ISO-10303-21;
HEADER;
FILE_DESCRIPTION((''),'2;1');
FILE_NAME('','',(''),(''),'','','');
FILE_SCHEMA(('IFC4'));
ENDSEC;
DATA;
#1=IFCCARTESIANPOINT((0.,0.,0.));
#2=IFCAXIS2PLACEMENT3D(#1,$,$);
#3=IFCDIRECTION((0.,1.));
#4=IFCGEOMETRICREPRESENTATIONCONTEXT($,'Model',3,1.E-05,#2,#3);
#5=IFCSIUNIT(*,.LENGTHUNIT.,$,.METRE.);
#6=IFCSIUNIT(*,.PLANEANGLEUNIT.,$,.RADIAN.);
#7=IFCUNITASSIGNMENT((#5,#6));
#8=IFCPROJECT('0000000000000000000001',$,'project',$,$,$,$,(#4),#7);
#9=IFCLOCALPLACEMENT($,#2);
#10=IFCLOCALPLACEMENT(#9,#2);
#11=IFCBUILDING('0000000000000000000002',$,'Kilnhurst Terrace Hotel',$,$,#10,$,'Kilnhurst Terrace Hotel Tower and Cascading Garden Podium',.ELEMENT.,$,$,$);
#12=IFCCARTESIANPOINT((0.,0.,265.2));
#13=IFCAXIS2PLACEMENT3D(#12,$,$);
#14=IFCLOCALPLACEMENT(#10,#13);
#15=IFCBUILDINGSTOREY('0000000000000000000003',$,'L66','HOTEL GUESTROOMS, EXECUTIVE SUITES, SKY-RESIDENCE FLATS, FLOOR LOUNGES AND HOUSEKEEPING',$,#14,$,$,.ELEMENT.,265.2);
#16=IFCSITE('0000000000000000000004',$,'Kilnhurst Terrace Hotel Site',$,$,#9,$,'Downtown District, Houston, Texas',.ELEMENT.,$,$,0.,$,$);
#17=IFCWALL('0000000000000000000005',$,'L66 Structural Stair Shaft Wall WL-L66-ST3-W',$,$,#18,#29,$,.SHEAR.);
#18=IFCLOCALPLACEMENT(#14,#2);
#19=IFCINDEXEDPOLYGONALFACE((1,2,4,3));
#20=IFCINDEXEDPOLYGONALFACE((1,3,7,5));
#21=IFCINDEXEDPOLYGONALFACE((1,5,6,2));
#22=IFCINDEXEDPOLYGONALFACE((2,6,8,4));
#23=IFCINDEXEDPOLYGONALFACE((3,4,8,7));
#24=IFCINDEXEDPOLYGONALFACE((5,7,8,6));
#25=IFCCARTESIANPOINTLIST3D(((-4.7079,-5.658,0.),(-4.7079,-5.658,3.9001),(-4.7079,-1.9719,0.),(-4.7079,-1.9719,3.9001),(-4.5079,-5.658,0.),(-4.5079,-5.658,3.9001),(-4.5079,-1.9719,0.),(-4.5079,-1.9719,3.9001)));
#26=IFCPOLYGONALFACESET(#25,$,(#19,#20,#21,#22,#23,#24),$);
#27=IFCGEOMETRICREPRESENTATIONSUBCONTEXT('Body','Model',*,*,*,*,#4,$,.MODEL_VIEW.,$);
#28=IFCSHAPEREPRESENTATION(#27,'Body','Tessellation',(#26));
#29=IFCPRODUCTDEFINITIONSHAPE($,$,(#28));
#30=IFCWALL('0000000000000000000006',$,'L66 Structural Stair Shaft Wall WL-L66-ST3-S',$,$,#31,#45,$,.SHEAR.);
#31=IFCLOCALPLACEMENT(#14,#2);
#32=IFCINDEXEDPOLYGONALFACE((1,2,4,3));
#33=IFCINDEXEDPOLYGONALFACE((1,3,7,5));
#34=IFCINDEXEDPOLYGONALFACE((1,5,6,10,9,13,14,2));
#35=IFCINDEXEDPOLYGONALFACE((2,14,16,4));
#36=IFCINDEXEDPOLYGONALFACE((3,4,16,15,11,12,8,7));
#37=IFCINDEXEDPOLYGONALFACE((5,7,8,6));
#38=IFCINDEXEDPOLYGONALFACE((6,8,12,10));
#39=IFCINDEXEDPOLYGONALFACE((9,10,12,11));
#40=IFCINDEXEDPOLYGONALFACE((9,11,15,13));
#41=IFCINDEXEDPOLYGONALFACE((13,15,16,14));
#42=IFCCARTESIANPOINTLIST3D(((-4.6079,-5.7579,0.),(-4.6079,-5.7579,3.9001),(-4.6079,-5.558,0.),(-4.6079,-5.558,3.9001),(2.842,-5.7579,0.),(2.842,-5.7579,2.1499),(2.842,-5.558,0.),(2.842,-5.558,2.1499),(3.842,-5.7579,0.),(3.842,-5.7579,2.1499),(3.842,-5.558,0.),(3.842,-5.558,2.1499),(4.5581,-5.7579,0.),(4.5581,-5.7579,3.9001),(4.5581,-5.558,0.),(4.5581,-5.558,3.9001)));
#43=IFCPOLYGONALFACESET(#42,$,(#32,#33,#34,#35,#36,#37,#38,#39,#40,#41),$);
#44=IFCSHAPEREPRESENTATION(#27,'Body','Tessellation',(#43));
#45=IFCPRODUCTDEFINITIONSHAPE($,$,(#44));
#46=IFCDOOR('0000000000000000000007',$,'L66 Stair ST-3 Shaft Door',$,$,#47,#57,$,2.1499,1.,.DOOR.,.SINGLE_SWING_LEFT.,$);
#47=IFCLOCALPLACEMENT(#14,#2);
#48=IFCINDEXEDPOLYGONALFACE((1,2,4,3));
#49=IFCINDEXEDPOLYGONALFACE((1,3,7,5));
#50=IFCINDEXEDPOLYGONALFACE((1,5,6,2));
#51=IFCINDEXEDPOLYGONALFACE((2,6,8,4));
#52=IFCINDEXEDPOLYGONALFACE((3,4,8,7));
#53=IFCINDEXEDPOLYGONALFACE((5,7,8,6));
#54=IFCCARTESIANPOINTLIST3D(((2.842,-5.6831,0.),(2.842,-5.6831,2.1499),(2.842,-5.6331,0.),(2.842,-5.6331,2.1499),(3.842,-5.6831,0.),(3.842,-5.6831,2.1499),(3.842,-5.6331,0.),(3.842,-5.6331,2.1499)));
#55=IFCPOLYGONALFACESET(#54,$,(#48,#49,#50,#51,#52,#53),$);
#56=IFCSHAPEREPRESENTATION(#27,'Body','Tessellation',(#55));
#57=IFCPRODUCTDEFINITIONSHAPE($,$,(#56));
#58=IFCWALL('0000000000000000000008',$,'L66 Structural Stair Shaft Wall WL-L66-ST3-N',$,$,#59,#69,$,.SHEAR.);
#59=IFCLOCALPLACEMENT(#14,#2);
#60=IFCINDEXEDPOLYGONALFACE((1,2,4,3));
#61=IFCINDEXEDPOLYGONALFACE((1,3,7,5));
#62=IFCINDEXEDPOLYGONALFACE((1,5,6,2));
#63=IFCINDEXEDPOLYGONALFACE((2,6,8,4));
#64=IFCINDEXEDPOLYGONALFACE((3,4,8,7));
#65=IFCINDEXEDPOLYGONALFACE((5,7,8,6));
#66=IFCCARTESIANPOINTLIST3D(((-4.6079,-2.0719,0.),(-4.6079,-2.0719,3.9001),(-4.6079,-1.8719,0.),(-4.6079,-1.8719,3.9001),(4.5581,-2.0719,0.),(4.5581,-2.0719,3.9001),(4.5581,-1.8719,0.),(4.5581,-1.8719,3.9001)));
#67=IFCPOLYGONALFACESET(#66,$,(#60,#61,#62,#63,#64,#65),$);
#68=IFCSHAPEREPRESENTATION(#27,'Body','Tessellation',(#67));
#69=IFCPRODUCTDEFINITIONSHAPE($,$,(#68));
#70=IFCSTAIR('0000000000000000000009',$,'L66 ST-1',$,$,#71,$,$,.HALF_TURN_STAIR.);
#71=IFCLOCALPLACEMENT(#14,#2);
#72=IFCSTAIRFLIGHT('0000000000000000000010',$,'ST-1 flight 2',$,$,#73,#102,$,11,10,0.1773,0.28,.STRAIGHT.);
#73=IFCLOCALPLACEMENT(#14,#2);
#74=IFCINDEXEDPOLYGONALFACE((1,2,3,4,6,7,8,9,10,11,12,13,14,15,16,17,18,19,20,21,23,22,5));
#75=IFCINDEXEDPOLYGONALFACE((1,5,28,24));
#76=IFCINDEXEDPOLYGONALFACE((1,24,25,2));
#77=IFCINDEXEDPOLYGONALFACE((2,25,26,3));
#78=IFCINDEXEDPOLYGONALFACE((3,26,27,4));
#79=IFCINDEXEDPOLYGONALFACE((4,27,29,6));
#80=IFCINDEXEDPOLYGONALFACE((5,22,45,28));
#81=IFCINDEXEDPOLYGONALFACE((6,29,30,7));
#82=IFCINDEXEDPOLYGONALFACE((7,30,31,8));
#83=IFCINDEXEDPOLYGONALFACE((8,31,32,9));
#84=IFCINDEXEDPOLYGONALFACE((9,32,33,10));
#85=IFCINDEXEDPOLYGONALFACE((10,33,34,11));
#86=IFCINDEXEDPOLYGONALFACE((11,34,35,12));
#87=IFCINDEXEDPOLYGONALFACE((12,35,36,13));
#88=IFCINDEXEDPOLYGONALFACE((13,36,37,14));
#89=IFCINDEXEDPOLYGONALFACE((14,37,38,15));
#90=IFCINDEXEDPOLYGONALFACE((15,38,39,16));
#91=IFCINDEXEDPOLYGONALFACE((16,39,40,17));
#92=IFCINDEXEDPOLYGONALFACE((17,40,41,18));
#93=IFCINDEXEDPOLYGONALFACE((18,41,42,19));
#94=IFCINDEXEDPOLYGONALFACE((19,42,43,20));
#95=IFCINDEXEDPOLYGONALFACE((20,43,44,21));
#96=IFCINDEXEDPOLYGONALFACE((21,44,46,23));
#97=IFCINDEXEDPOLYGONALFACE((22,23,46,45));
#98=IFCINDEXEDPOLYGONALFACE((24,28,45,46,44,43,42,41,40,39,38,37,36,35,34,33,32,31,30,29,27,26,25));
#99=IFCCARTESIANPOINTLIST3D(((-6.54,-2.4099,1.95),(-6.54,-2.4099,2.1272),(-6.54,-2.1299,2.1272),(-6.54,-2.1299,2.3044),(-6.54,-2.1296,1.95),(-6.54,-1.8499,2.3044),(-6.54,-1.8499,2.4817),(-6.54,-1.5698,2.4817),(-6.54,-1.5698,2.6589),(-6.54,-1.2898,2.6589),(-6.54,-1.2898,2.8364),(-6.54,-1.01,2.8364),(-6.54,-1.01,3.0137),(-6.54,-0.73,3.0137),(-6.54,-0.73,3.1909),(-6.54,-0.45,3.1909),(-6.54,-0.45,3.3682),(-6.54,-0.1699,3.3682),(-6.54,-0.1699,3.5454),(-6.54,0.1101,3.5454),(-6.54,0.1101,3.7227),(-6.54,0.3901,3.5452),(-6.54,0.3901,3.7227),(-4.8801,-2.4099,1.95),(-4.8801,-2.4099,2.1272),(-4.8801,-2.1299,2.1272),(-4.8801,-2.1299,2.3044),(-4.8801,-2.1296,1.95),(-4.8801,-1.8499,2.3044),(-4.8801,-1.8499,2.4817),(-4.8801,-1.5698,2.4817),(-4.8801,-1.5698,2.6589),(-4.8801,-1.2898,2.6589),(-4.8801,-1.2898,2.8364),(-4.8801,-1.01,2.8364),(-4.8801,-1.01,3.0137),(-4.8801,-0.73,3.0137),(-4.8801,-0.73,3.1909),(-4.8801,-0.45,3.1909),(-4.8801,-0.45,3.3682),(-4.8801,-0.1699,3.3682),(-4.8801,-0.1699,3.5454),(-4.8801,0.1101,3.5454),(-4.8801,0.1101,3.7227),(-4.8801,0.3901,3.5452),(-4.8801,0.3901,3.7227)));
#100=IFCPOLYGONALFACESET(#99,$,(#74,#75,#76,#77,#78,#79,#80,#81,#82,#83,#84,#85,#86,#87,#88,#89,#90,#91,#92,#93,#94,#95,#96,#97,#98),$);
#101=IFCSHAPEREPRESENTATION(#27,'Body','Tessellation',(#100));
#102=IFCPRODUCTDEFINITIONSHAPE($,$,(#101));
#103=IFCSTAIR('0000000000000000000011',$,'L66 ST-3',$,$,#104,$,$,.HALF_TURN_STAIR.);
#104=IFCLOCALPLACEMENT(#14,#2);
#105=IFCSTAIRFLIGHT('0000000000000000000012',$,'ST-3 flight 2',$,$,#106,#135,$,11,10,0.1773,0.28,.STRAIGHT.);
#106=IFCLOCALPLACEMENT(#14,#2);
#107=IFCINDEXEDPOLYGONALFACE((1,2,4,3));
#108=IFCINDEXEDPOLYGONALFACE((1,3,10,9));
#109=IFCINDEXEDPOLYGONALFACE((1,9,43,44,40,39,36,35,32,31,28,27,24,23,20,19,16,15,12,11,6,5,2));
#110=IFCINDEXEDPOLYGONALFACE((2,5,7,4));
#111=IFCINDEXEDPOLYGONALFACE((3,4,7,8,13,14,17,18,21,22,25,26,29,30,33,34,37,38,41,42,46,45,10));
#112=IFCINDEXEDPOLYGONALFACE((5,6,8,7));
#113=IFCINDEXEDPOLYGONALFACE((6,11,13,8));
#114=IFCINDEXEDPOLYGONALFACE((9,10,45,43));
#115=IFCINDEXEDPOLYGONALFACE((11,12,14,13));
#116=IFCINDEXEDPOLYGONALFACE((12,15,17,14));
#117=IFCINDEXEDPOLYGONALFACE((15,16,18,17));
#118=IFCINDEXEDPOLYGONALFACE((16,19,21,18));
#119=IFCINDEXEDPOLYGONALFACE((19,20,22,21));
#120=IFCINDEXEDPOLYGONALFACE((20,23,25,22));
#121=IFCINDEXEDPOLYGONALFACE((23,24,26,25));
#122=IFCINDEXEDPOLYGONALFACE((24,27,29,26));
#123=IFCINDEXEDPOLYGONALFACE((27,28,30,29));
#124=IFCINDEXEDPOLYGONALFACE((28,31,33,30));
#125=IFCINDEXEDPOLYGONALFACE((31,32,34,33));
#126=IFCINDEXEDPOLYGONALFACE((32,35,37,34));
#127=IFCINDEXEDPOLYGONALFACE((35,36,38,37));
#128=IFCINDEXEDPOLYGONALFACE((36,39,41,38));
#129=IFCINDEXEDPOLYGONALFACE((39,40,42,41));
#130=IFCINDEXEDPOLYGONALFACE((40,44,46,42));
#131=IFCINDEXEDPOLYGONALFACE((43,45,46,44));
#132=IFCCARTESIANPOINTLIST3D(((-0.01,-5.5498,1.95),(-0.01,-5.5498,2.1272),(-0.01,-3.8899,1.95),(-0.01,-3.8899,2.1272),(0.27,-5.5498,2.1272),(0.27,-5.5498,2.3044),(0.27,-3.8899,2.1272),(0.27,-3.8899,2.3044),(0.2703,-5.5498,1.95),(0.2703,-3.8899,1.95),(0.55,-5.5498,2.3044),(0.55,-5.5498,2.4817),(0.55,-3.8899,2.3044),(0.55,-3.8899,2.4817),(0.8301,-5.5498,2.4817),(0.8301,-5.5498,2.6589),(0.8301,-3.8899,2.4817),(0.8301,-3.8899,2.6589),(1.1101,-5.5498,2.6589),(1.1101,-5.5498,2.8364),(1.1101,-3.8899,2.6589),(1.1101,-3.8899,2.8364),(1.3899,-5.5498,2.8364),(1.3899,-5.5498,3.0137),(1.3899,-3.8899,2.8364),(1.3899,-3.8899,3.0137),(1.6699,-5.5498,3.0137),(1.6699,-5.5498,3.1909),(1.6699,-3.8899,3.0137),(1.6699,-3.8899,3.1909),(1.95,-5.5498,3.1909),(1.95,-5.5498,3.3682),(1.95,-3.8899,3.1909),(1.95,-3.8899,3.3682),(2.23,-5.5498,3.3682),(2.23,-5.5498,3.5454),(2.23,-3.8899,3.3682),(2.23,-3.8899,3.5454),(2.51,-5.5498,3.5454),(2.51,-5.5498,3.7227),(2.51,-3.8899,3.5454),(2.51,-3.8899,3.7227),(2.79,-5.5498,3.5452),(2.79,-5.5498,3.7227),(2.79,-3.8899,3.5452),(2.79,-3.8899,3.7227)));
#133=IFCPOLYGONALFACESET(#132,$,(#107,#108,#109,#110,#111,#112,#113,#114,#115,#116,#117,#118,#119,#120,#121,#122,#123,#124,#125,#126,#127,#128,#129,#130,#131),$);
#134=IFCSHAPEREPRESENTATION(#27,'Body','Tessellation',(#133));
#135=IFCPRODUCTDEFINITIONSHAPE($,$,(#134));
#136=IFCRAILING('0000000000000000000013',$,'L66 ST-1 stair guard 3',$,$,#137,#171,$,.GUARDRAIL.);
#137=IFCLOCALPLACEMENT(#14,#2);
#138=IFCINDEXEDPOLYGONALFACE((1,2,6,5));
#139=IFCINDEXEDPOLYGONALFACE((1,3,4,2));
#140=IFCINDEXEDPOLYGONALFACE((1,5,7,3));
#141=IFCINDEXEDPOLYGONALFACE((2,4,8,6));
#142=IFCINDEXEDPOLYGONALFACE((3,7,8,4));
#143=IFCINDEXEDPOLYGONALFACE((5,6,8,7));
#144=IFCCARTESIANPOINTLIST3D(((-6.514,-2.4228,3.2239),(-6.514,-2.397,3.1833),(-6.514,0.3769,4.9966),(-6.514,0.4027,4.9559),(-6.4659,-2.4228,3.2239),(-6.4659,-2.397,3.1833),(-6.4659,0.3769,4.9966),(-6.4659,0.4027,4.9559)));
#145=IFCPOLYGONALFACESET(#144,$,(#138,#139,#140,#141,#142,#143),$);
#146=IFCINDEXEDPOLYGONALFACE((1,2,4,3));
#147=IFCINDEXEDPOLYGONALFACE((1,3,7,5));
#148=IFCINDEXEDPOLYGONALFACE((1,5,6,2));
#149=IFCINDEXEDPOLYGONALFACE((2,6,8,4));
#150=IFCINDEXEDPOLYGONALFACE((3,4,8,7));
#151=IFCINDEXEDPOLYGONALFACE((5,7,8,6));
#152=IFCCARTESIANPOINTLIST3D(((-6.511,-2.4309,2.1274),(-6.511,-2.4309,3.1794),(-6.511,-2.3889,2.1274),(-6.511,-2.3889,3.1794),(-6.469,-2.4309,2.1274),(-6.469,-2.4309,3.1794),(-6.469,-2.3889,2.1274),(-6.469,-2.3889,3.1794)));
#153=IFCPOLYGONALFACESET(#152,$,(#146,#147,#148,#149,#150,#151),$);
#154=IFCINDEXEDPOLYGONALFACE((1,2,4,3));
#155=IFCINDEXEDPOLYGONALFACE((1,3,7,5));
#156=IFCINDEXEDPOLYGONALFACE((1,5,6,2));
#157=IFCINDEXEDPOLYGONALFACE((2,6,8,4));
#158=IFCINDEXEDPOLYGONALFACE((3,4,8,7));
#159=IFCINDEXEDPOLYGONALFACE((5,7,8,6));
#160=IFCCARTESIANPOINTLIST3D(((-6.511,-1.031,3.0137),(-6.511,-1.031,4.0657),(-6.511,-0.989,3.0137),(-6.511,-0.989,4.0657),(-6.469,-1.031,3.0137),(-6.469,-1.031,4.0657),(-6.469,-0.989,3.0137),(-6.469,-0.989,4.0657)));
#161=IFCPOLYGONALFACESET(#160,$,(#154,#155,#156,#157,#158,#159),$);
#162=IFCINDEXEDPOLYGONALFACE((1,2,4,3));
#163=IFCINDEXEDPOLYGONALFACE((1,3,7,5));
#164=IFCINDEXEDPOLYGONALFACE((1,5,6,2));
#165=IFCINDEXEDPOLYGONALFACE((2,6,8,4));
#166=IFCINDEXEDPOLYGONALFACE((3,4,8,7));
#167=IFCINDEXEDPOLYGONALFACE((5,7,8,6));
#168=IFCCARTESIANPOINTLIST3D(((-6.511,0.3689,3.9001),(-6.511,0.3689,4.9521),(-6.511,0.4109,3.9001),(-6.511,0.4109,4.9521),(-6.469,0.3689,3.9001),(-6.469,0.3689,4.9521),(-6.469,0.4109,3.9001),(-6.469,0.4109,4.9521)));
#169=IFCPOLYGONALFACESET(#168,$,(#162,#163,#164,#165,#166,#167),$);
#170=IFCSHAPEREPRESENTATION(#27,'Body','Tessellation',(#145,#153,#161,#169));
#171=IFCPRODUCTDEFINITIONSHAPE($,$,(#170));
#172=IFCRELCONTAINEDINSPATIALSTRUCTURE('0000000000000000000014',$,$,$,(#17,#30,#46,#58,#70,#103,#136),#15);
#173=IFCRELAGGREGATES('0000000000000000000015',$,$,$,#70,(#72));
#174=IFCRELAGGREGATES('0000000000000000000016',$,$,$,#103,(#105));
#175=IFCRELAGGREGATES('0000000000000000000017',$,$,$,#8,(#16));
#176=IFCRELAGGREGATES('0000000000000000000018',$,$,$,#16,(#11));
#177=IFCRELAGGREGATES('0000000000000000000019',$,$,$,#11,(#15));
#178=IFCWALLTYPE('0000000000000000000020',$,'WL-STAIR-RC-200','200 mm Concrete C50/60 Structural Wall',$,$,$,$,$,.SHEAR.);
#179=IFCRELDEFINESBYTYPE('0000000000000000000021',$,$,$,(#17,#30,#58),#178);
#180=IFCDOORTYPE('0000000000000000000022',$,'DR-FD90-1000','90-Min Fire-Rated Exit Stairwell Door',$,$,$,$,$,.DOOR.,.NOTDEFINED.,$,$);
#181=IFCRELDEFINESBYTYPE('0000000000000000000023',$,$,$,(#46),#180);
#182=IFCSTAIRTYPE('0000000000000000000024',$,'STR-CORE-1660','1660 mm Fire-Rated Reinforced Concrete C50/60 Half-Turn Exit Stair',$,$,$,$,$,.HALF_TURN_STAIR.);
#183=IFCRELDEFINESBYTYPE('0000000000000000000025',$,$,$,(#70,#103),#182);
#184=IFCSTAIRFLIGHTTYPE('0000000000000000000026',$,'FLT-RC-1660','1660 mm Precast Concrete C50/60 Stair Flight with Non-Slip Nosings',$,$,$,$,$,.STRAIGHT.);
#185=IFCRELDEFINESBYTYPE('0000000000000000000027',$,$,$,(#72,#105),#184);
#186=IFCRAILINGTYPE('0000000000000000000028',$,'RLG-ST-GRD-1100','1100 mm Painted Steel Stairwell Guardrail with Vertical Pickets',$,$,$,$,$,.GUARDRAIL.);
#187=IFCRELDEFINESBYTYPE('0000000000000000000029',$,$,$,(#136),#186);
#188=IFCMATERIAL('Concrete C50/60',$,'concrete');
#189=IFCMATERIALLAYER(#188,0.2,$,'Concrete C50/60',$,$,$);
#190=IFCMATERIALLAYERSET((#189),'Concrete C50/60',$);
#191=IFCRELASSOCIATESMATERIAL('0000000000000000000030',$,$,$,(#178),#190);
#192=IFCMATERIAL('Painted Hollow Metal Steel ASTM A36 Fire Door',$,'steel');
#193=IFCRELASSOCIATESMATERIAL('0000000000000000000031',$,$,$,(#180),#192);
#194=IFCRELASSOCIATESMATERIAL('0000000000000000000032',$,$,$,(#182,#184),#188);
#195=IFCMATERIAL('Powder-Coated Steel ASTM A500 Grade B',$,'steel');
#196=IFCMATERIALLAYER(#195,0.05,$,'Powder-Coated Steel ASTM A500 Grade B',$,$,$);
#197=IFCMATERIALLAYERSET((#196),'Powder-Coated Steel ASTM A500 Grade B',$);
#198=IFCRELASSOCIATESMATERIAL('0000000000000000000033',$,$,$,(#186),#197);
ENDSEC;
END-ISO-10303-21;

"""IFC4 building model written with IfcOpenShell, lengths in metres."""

from ifc_helpers import new_model, si_unit, direction, frame, frame_2d, origin, origin_2d, place, context, subcontext, project, spatial, polyline, rectangle, outline, extrude, material, layer, layer_set, type_object, element, fill, aggregate, save


model = new_model("IFC4")

# Units and contexts
model_context = context("Model", 3, precision=1e-05, world=origin(), true_north=direction((0.0, 1.0)))
body_context = subcontext(model_context, "Body", "Model", "MODEL_VIEW")
ifc_project = project(units=[si_unit("LENGTHUNIT", "METRE"), si_unit("PLANEANGLEUNIT", "RADIAN")], contexts=[model_context])

# Site, building, storey
site_placement = place(None, origin())
site = spatial("IfcSite", under=ifc_project, at=site_placement, Name="Kilnhurst Terrace Hotel Site", LongName="Downtown District, Houston, Texas", CompositionType="ELEMENT", RefElevation=0.0)
building_placement = place(site_placement, origin())
building = spatial("IfcBuilding", under=site, at=building_placement, Name="Kilnhurst Terrace Hotel", LongName="Kilnhurst Terrace Hotel Tower and Cascading Garden Podium", CompositionType="ELEMENT")
storey_placement = place(building_placement, frame((0.0, 0.0, 265.2)))
storey = spatial("IfcBuildingStorey", under=building, at=storey_placement, Name="L66", Description="HOTEL GUESTROOMS, EXECUTIVE SUITES, SKY-RESIDENCE FLATS, FLOOR LOUNGES AND HOUSEKEEPING", CompositionType="ELEMENT", Elevation=265.2)

# Wall
ifc_material_1 = material(Name="Concrete C50/60", Category="concrete")
ifc_layer_1 = layer(ifc_material_1, 0.2, Name="Concrete C50/60")
ifc_layer_set_1 = layer_set([ifc_layer_1], Name="Concrete C50/60")
wall_type_1 = type_object("IfcWallType", Name="WL-STAIR-RC-200", Description="200 mm Concrete C50/60 Structural Wall", PredefinedType="SHEAR", material=ifc_layer_set_1)
wall_1_placement = place(storey_placement, frame((-4.6079, -5.658, 0.0), z_axis=(0.0, 0.0, 1.0), x_axis=(0.0, 1.0, 0.0)))
element("IfcWall", 1, at=wall_1_placement, inside=storey, type_object=wall_type_1, Name="L66 Structural Stair Shaft Wall WL-L66-ST3-W", PredefinedType="SHEAR", context=body_context, shape_type="SweptSolid", body=[
    extrude(rectangle(XDim=3.686, YDim=0.2, at=frame_2d((1.843, 0.0))), origin(), (0.0, 0.0, 1.0), 3.9001),
])

# Wall, opening, door
wall_2_placement = place(storey_placement, frame((-4.6079, -5.658, 0.0), z_axis=(0.0, 0.0, 1.0), x_axis=(1.0, 0.0, 0.0)))
wall_2 = element("IfcWall", 2, at=wall_2_placement, inside=storey, type_object=wall_type_1, Name="L66 Structural Stair Shaft Wall WL-L66-ST3-S", PredefinedType="SHEAR", context=body_context, shape_type="SweptSolid", body=[
    extrude(rectangle(XDim=9.166, YDim=0.2, at=frame_2d((4.583, 0.0))), origin(), (0.0, 0.0, 1.0), 3.9001),
])
opening_1_placement = place(wall_2_placement, frame((7.45, 0.0, 0.0)))
opening_1 = element("IfcOpeningElement", 3, at=opening_1_placement, cuts=wall_2, PredefinedType="OPENING", context=body_context, shape_type="SweptSolid", body=[
    extrude(rectangle(XDim=1.0, YDim=2.1499, at=frame_2d((0.5, 1.075))), frame((0.0, 0.1099, 0.0), z_axis=(0.0, -1.0, 0.0), x_axis=(1.0, 0.0, 0.0)), (0.0, 0.0, 1.0), 0.22),
])
ifc_material_2 = material(Name="Painted Hollow Metal Steel ASTM A36 Fire Door", Category="steel")
door_type_1 = type_object("IfcDoorType", Name="DR-FD90-1000", Description="90-Min Fire-Rated Exit Stairwell Door", OperationType="NOTDEFINED", PredefinedType="DOOR", material=ifc_material_2)
door_1_placement = place(opening_1_placement, origin())
door_1 = element("IfcDoor", 4, at=door_1_placement, inside=storey, type_object=door_type_1, Name="L66 Stair ST-3 Shaft Door", OperationType="SINGLE_SWING_LEFT", OverallHeight=2.1499, OverallWidth=1.0, PredefinedType="DOOR", context=body_context, shape_type="SweptSolid", body=[
    extrude(rectangle(XDim=1.0, YDim=2.1499, at=frame_2d((0.5, 1.075))), frame((0.0, 0.0249, 0.0), z_axis=(0.0, -1.0, 0.0), x_axis=(1.0, 0.0, 0.0)), (0.0, 0.0, 1.0), 0.05),
])
fill(opening_1, door_1)

# Wall
wall_3_placement = place(storey_placement, frame((-4.6079, -1.9719, 0.0), z_axis=(0.0, 0.0, 1.0), x_axis=(1.0, 0.0, 0.0)))
element("IfcWall", 5, at=wall_3_placement, inside=storey, type_object=wall_type_1, Name="L66 Structural Stair Shaft Wall WL-L66-ST3-N", PredefinedType="SHEAR", context=body_context, shape_type="SweptSolid", body=[
    extrude(rectangle(XDim=9.166, YDim=0.2, at=frame_2d((4.583, 0.0))), origin(), (0.0, 0.0, 1.0), 3.9001),
])

# Stairs, stair flights
stair_type = type_object("IfcStairType", Name="STR-CORE-1660", Description="1660 mm Fire-Rated Reinforced Concrete C50/60 Half-Turn Exit Stair", PredefinedType="HALF_TURN_STAIR", material=ifc_material_1)
stair_1_placement = place(storey_placement, origin())
stair_1 = element("IfcStair", 6, at=stair_1_placement, inside=storey, type_object=stair_type, Name="L66 ST-1", PredefinedType="HALF_TURN_STAIR")
stair_flight_type = type_object("IfcStairFlightType", Name="FLT-RC-1660", Description="1660 mm Precast Concrete C50/60 Stair Flight with Non-Slip Nosings", PredefinedType="STRAIGHT", material=ifc_material_1)
stair_flight_1_placement = place(storey_placement, frame((-5.71, -2.4099, 1.95), z_axis=(0.0, 0.0, 1.0), x_axis=(0.0, 1.0, 0.0)))
stair_flight_1 = element("IfcStairFlight", 7, at=stair_flight_1_placement, type_object=stair_flight_type, Name="ST-1 flight 2", NumberOfRisers=11, NumberOfTreads=10, PredefinedType="STRAIGHT", RiserHeight=0.1773, TreadLength=0.28, context=body_context, shape_type="SweptSolid", body=[
    extrude(outline(polyline([(0.0, 0.0), (0.0, 0.1772), (0.28, 0.1772), (0.28, 0.3545), (0.5601, 0.3545), (0.5601, 0.5317), (0.8401, 0.5317), (0.8401, 0.709), (1.1201, 0.709), (1.1201, 0.8865), (1.3999, 0.8865), (1.3999, 1.0637), (1.6799, 1.0637), (1.6799, 1.241), (1.96, 1.241), (1.96, 1.4182), (2.24, 1.4182), (2.24, 1.5955), (2.52, 1.5955), (2.52, 1.7727), (2.8, 1.7727), (2.8, 1.95), (2.8, 1.5952), (0.2803, 0.0), (0.0, 0.0)])), frame((0.0, 0.8301, 0.0), z_axis=(0.0, -1.0, 0.0), x_axis=(1.0, 0.0, 0.0)), (0.0, 0.0, 1.0), 1.6599),
])
aggregate(stair_1, [stair_flight_1])
stair_2_placement = place(storey_placement, origin())
stair_2 = element("IfcStair", 8, at=stair_2_placement, inside=storey, type_object=stair_type, Name="L66 ST-3", PredefinedType="HALF_TURN_STAIR")
stair_flight_2_placement = place(storey_placement, frame((-0.01, -4.72, 1.95), z_axis=(0.0, 0.0, 1.0), x_axis=(1.0, 0.0, 0.0)))
stair_flight_2 = element("IfcStairFlight", 9, at=stair_flight_2_placement, type_object=stair_flight_type, Name="ST-3 flight 2", NumberOfRisers=11, NumberOfTreads=10, PredefinedType="STRAIGHT", RiserHeight=0.1773, TreadLength=0.28, context=body_context, shape_type="SweptSolid", body=[
    extrude(outline(polyline([(0.0, 0.0), (0.0, 0.1772), (0.28, 0.1772), (0.28, 0.3545), (0.5601, 0.3545), (0.5601, 0.5317), (0.8401, 0.5317), (0.8401, 0.709), (1.1201, 0.709), (1.1201, 0.8865), (1.3999, 0.8865), (1.3999, 1.0637), (1.6799, 1.0637), (1.6799, 1.241), (1.96, 1.241), (1.96, 1.4182), (2.24, 1.4182), (2.24, 1.5955), (2.52, 1.5955), (2.52, 1.7727), (2.8, 1.7727), (2.8, 1.95), (2.8, 1.5952), (0.2803, 0.0), (0.0, 0.0)])), frame((0.0, 0.8301, 0.0), z_axis=(0.0, -1.0, 0.0), x_axis=(1.0, 0.0, 0.0)), (0.0, 0.0, 1.0), 1.6599),
])
aggregate(stair_2, [stair_flight_2])

# Railing
ifc_material_3 = material(Name="Powder-Coated Steel ASTM A500 Grade B", Category="steel")
ifc_layer_2 = layer(ifc_material_3, 0.05, Name="Powder-Coated Steel ASTM A500 Grade B")
ifc_layer_set_2 = layer_set([ifc_layer_2], Name="Powder-Coated Steel ASTM A500 Grade B")
railing_type_1 = type_object("IfcRailingType", Name="RLG-ST-GRD-1100", Description="1100 mm Painted Steel Stairwell Guardrail with Vertical Pickets", PredefinedType="GUARDRAIL", material=ifc_layer_set_2)
railing_1_placement = place(storey_placement, frame((-6.49, -2.4099, 2.1274)))
element("IfcRailing", 10, at=railing_1_placement, inside=storey, type_object=railing_type_1, Name="L66 ST-1 stair guard 3", PredefinedType="GUARDRAIL", context=body_context, shape_type="SweptSolid", body=[
    extrude(rectangle(XDim=0.0481, YDim=0.0481, at=origin_2d()), frame((0.0, 0.0, 1.0762), z_axis=(0.0, 0.844888, 0.534943), x_axis=(-1.0, 0.0, 0.0)), (0.0, 0.0, 1.0), 3.3137),
    extrude(rectangle(XDim=0.042, YDim=0.042, at=origin_2d()), origin(), (0.0, 0.0, 1.0), 1.052),
    extrude(rectangle(XDim=0.042, YDim=0.042, at=origin_2d()), frame((0.0, 1.3999, 0.8862)), (0.0, 0.0, 1.0), 1.052),
    extrude(rectangle(XDim=0.042, YDim=0.042, at=origin_2d()), frame((0.0, 2.7998, 1.7727)), (0.0, 0.0, 1.0), 1.052),
])

save(model, "model.ifc")
